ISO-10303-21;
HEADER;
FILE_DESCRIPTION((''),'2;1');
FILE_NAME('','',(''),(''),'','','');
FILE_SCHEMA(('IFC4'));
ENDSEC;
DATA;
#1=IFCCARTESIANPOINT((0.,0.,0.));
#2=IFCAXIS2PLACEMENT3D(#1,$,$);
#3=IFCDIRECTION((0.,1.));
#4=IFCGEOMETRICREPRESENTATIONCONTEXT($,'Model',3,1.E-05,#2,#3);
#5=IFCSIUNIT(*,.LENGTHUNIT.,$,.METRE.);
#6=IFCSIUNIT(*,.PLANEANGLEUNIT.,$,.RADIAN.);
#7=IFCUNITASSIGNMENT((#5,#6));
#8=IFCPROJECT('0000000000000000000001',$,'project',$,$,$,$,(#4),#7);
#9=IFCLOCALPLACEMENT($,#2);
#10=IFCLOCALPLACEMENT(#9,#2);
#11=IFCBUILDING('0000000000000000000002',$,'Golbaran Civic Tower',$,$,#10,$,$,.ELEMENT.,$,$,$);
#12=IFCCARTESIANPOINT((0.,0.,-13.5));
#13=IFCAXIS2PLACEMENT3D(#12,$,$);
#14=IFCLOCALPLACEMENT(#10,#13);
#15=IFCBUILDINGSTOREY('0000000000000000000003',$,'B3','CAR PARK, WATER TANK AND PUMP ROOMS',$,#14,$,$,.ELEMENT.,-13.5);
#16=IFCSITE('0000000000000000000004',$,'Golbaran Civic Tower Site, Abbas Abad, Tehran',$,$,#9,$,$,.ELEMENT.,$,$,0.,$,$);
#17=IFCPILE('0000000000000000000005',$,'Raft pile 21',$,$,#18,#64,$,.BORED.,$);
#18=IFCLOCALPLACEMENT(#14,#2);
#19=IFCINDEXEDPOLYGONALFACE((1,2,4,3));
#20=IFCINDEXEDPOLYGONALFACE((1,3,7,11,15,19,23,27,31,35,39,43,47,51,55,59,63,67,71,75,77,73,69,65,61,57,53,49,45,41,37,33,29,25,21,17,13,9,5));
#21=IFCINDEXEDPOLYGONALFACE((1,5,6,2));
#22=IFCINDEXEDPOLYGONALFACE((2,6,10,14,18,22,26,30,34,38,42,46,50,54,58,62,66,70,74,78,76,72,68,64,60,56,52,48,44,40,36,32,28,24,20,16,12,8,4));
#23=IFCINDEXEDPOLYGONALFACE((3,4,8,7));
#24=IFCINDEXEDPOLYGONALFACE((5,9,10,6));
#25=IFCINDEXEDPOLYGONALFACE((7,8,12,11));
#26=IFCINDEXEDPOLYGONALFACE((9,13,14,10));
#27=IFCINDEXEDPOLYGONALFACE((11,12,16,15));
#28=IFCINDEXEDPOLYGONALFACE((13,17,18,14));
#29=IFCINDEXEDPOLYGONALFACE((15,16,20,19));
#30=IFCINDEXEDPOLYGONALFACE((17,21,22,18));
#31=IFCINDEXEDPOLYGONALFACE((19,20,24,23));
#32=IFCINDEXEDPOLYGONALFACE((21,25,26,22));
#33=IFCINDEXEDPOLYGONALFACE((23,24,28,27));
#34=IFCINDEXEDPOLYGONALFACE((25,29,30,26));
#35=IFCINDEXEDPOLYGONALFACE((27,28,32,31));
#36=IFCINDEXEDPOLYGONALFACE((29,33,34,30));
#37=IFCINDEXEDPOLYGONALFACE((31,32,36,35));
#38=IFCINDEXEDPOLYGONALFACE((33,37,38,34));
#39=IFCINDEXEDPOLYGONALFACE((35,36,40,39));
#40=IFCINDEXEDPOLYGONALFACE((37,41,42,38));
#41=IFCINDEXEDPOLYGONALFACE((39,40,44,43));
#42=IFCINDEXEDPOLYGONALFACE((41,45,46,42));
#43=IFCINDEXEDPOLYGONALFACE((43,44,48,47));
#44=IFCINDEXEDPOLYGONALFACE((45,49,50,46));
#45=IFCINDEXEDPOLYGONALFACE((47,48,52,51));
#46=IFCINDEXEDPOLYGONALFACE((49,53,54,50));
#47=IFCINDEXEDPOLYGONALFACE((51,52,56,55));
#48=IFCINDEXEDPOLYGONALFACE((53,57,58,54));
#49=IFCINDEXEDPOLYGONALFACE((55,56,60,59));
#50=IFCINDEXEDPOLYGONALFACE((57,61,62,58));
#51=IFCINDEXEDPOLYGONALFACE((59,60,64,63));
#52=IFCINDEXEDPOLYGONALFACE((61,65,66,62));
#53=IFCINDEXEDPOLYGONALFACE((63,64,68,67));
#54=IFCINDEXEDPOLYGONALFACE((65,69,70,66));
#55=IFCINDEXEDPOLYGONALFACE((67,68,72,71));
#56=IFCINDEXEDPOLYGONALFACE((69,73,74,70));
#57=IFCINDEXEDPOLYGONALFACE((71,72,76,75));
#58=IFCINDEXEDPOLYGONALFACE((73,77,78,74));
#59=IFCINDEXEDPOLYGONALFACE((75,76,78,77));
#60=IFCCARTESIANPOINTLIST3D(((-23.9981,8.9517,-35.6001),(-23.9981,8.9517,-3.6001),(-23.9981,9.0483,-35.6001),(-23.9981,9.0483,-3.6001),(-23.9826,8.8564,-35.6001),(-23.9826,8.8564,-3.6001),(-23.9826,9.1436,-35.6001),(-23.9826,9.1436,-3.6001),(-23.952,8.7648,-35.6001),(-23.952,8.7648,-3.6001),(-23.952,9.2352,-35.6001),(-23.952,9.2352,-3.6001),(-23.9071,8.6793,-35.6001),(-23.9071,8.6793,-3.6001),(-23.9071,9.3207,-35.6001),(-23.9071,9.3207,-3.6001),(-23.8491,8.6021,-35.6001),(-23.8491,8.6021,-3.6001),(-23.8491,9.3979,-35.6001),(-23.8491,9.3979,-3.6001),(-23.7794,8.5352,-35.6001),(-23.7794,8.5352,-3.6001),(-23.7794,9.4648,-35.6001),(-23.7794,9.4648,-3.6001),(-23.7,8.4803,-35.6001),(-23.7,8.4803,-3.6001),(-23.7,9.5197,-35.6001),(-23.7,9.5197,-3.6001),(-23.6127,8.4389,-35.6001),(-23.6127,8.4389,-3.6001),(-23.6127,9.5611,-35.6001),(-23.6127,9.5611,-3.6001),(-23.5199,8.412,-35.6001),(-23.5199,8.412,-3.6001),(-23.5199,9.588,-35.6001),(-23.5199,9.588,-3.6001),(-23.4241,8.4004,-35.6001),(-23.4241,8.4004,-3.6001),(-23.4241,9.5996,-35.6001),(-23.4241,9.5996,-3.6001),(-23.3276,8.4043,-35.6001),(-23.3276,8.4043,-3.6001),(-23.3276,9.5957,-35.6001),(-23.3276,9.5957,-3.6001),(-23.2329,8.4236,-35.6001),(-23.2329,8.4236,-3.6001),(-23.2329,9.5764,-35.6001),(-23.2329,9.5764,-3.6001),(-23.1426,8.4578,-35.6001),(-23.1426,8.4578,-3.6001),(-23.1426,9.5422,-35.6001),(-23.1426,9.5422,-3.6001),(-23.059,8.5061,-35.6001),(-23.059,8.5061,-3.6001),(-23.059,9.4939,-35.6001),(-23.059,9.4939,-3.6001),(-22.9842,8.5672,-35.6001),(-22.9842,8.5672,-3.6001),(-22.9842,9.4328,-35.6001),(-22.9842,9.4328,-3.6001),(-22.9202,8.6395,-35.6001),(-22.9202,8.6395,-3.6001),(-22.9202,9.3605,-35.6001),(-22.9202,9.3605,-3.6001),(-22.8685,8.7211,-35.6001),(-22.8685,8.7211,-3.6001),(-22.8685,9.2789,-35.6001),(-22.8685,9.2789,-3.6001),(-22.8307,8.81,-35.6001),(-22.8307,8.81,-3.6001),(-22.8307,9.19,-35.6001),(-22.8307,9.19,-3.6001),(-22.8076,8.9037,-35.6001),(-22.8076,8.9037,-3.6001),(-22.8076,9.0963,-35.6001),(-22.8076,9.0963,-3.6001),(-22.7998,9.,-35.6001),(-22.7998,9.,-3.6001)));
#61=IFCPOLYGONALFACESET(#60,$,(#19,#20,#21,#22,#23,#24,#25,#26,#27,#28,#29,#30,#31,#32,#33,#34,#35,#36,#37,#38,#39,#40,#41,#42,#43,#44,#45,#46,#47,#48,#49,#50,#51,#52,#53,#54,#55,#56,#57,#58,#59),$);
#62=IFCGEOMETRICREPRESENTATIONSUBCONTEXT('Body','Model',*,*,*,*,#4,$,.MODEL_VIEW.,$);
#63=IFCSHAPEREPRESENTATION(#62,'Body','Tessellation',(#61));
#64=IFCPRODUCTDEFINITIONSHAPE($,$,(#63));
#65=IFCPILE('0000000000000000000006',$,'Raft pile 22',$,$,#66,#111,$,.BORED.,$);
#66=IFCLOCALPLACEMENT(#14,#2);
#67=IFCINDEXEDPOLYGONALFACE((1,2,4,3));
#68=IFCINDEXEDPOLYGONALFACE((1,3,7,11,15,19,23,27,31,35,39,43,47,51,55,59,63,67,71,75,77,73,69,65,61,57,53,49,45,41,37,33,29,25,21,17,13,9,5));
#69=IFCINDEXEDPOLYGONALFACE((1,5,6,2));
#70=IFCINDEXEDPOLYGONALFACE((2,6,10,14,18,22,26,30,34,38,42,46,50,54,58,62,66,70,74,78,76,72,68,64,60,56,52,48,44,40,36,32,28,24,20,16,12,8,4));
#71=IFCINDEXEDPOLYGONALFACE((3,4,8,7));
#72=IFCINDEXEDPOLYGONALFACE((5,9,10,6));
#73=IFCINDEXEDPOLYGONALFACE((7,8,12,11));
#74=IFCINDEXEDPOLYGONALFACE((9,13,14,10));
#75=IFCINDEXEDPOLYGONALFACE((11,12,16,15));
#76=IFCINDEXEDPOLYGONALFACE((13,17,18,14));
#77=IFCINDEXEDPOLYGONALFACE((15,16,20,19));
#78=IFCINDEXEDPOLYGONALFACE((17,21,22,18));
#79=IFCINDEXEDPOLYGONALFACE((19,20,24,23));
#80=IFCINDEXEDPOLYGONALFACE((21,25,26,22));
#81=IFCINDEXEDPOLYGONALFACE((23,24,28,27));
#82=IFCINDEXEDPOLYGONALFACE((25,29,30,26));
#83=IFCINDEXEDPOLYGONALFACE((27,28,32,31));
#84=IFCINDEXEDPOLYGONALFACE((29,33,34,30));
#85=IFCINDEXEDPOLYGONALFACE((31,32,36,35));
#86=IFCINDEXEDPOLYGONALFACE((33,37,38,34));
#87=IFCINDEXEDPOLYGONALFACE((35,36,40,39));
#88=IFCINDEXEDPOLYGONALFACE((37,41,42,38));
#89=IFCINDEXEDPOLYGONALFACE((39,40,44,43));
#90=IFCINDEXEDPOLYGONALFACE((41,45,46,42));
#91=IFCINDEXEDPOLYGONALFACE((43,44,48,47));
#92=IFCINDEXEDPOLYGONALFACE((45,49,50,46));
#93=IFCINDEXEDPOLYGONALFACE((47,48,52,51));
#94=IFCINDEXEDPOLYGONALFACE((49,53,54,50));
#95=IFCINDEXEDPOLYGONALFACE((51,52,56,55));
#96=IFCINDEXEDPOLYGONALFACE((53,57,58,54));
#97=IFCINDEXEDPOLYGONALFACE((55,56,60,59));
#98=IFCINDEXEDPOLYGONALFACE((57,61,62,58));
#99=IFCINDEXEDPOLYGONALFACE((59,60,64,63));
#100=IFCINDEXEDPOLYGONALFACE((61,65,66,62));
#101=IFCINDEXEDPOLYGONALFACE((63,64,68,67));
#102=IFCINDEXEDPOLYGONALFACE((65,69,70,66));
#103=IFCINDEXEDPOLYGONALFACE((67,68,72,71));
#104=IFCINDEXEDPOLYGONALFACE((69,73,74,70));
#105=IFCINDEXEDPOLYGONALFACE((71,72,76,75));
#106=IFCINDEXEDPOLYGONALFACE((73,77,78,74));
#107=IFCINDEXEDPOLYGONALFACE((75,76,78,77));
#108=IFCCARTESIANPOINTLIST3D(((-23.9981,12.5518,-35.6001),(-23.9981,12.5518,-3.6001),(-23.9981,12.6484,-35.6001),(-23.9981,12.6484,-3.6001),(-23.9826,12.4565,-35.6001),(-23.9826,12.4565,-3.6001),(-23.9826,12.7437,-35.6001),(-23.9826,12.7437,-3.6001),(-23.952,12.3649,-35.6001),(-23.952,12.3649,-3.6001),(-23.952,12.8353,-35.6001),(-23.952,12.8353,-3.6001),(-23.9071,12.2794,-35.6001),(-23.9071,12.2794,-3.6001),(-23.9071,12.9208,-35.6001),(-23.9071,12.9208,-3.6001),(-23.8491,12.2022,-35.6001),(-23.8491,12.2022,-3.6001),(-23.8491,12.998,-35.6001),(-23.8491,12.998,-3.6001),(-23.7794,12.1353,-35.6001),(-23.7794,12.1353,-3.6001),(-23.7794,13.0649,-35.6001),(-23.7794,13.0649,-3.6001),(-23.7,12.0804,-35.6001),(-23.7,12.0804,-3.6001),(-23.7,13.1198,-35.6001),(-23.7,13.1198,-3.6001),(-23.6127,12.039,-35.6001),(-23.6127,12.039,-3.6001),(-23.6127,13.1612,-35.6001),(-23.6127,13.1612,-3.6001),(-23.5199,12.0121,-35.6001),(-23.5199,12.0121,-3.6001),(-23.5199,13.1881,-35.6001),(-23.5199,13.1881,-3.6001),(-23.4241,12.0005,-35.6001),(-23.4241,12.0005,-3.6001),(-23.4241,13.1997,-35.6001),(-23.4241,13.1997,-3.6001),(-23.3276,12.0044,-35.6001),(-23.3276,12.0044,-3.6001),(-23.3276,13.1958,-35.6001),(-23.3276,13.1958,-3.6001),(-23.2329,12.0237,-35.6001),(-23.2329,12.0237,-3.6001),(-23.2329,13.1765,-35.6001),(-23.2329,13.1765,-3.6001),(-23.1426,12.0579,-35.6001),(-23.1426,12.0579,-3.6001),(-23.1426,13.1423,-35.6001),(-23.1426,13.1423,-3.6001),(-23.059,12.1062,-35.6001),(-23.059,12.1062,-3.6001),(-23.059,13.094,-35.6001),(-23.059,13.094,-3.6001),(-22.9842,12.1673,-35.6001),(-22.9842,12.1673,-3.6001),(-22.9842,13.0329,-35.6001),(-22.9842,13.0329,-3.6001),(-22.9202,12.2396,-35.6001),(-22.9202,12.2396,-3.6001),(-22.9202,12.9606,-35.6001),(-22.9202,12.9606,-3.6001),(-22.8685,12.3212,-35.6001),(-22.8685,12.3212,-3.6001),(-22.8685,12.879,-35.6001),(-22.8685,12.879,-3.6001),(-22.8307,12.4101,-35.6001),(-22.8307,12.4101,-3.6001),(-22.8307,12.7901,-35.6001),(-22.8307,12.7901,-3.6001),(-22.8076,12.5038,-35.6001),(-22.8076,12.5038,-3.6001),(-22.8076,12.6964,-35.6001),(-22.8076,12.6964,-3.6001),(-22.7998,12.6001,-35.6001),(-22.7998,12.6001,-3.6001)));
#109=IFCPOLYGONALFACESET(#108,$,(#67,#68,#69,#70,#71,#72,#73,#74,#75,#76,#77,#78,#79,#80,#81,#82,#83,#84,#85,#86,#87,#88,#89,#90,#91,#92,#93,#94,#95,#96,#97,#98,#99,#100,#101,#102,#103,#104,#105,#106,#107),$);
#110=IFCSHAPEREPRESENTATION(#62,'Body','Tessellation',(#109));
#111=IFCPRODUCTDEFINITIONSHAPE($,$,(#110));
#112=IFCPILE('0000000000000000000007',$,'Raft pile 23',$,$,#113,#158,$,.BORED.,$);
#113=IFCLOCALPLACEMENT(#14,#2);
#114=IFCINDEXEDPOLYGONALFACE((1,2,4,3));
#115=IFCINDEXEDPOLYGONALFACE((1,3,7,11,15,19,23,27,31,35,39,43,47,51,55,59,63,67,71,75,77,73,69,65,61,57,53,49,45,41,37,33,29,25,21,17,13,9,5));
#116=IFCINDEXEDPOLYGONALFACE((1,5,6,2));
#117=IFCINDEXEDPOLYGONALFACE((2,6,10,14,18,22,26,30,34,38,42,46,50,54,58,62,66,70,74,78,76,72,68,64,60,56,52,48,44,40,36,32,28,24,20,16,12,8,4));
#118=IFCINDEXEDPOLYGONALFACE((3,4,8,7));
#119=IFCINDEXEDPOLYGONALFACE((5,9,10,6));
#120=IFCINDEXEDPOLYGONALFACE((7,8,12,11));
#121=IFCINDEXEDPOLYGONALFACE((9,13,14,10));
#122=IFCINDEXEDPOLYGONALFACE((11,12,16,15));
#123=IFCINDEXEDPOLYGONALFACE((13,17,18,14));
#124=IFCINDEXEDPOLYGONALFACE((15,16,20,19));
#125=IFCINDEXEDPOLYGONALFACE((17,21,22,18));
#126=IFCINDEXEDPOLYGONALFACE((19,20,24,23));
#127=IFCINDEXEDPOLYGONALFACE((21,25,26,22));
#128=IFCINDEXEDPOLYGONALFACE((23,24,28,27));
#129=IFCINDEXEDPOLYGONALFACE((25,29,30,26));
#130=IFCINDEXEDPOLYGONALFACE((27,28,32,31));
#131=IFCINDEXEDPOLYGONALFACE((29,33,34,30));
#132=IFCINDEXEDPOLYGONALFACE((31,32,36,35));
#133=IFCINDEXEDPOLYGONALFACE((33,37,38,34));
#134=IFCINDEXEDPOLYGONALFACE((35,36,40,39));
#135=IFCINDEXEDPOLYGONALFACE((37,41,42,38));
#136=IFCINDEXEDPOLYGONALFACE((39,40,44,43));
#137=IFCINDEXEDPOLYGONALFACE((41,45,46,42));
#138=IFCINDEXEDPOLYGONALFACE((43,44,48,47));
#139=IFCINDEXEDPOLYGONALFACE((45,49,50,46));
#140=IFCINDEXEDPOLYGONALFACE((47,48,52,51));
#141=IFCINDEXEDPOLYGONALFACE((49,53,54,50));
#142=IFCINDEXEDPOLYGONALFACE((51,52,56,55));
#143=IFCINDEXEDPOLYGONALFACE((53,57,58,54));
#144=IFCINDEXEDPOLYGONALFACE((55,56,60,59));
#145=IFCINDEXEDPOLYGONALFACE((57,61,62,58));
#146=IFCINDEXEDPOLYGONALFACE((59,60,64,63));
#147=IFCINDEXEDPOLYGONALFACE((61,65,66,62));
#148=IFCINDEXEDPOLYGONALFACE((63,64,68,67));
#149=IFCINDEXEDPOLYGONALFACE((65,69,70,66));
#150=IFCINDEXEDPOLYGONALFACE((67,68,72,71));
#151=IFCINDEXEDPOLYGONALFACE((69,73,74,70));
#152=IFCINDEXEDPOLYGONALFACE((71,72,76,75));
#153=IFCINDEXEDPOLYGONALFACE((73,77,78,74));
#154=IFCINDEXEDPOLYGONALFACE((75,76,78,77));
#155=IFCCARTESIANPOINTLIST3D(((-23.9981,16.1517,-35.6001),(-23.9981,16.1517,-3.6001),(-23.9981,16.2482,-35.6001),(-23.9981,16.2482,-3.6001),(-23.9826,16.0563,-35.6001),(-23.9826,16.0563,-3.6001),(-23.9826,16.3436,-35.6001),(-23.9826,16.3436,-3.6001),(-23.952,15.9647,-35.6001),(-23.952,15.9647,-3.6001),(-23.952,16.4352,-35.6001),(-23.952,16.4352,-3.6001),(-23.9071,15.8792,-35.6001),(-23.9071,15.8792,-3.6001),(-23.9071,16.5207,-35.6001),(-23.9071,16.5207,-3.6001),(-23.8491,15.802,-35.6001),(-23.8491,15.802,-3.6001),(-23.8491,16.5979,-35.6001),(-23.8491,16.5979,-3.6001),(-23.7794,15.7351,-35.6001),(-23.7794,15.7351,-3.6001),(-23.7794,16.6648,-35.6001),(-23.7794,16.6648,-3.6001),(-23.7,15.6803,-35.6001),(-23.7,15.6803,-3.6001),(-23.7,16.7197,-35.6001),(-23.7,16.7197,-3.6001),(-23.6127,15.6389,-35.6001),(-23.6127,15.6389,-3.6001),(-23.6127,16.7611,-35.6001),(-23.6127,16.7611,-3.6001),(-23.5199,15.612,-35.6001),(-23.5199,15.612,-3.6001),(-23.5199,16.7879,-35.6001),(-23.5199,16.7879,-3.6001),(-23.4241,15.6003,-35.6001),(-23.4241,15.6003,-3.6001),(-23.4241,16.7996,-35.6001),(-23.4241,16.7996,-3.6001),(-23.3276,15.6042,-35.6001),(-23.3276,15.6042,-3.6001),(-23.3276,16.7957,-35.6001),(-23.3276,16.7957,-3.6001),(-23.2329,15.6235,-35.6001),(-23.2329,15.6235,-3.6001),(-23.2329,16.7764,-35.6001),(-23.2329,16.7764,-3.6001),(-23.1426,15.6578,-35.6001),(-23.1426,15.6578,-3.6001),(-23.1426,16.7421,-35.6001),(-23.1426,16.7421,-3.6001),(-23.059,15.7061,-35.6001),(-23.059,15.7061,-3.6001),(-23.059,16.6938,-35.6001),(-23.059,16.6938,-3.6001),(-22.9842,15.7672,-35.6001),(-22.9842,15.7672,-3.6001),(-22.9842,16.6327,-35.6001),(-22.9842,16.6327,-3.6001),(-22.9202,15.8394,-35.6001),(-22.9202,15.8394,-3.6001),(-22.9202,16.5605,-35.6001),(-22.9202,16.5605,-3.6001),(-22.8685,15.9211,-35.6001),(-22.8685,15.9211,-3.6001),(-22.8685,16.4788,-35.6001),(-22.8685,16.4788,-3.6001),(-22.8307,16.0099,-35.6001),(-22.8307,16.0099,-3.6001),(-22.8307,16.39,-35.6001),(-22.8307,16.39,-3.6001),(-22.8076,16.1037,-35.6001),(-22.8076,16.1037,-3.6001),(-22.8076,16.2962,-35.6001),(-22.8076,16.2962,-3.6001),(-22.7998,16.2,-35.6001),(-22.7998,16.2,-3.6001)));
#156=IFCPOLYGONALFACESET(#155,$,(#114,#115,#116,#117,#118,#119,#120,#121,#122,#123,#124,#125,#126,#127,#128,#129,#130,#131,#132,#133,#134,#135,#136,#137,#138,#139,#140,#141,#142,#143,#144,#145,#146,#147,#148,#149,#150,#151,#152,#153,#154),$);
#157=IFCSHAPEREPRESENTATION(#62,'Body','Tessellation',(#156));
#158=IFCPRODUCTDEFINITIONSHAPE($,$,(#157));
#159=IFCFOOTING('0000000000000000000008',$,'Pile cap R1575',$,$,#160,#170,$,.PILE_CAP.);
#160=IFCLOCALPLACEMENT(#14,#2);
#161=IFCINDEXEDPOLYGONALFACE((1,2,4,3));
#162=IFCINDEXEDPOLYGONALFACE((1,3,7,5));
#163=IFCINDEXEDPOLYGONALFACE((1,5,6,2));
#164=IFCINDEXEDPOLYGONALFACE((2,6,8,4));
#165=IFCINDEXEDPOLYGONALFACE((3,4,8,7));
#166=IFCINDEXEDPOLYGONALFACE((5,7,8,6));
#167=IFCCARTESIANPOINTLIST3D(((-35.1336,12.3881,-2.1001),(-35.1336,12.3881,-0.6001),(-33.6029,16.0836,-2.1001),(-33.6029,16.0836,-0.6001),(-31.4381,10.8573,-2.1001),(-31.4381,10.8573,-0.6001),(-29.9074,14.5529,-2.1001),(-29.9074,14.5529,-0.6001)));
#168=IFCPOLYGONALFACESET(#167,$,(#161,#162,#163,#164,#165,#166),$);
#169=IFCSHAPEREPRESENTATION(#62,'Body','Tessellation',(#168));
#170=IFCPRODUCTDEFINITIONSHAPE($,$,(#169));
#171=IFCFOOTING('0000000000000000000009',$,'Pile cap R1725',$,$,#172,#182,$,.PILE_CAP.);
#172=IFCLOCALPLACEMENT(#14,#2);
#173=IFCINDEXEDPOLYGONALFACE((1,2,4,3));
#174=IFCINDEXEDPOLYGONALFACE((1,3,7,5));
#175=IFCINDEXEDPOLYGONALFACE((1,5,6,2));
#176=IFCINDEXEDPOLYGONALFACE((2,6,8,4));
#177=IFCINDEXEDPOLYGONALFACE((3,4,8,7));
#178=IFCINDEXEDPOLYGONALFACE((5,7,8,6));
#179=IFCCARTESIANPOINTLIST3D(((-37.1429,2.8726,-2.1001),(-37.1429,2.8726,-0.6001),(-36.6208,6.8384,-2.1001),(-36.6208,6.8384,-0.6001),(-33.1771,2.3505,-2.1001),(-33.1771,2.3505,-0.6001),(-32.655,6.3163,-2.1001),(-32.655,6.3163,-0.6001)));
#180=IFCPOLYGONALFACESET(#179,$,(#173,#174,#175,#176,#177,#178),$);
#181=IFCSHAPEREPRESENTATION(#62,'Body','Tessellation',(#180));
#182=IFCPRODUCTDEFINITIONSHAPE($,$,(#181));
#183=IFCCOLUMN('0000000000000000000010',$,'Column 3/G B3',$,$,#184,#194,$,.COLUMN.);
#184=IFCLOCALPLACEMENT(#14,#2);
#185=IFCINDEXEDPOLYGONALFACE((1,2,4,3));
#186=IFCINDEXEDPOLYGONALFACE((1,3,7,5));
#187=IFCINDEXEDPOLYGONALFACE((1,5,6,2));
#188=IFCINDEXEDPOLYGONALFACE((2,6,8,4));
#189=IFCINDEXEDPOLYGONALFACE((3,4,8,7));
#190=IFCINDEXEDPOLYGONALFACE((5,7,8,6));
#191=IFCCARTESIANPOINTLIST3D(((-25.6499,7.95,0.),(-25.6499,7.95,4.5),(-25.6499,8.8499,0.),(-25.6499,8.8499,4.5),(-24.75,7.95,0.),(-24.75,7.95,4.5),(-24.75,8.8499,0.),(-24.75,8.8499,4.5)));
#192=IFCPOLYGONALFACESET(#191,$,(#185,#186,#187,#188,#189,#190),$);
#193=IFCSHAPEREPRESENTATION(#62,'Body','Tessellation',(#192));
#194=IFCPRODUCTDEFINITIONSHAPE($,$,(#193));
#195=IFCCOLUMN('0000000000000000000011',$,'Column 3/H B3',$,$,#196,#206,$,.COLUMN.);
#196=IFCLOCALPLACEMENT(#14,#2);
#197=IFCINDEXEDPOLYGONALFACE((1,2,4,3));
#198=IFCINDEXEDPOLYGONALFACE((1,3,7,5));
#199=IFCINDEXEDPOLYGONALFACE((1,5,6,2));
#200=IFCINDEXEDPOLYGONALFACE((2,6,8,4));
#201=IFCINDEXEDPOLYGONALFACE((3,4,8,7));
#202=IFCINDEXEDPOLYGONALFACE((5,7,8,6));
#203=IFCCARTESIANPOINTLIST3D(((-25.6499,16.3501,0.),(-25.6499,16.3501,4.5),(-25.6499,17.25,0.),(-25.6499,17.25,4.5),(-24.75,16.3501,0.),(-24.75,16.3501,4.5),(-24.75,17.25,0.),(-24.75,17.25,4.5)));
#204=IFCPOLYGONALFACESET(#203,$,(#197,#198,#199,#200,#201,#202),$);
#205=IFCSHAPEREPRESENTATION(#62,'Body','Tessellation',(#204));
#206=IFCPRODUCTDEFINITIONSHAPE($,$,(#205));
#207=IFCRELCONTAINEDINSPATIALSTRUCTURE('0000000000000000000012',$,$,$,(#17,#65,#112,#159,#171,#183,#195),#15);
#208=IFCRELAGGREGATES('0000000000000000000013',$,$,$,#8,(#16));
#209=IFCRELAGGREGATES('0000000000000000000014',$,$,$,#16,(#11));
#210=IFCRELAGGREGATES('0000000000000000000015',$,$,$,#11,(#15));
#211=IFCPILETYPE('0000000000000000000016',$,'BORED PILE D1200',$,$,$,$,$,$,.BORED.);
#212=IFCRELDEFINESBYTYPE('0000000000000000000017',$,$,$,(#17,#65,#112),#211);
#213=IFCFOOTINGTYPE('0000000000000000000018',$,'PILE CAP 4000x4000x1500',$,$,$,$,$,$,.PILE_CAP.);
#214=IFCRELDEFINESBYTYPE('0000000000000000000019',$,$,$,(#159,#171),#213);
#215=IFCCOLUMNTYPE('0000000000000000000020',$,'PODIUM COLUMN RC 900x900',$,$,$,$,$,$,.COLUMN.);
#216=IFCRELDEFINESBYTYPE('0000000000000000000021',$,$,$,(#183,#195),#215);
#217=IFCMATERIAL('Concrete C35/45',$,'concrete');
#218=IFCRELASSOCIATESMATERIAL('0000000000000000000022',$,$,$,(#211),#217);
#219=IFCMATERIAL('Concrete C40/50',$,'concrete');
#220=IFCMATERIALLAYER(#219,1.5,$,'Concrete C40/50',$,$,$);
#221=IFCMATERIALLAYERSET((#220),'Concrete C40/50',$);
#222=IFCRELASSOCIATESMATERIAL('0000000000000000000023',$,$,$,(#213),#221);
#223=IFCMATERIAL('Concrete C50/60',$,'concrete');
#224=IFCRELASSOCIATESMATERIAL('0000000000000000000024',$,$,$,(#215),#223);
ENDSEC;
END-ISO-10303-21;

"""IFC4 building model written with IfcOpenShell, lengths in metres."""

from ifc_helpers import new_model, si_unit, direction, frame, origin, origin_2d, place, context, subcontext, project, spatial, rectangle, circle, extrude, material, layer, layer_set, material_profile, profile_set, type_object, element, save


model = new_model("IFC4")

# Units and contexts
model_context = context("Model", 3, precision=1e-05, world=origin(), true_north=direction((0.0, 1.0)))
body_context = subcontext(model_context, "Body", "Model", "MODEL_VIEW")
ifc_project = project(units=[si_unit("LENGTHUNIT", "METRE"), si_unit("PLANEANGLEUNIT", "RADIAN")], contexts=[model_context])

# Site, building, storey
site_placement = place(None, origin())
site = spatial("IfcSite", under=ifc_project, at=site_placement, Name="Golbaran Civic Tower Site, Abbas Abad, Tehran", CompositionType="ELEMENT", RefElevation=0.0)
building_placement = place(site_placement, origin())
building = spatial("IfcBuilding", under=site, at=building_placement, Name="Golbaran Civic Tower", CompositionType="ELEMENT")
storey_placement = place(building_placement, frame((0.0, 0.0, -13.5)))
storey = spatial("IfcBuildingStorey", under=building, at=storey_placement, Name="B3", Description="CAR PARK, WATER TANK AND PUMP ROOMS", CompositionType="ELEMENT", Elevation=-13.5)

# Piles
ifc_material_1 = material(Name="Concrete C35/45", Category="concrete")
ifc_material_profile_1 = material_profile(ifc_material_1, circle(Radius=0.6001, at=origin_2d()), Name="BORED PILE D1200")
ifc_profile_set_1 = profile_set([ifc_material_profile_1], Name="Concrete C35/45")
pile_type_1 = type_object("IfcPileType", Name="BORED PILE D1200", PredefinedType="BORED", material=ifc_profile_set_1)
for number, where, z_axis, x_axis, name in (
    (1, (-23.3999, 9.0, -3.6001), (0.0, 0.0, -1.0), (1.0, 0.0, 0.0), "Raft pile 21"),
    (2, (-23.3999, 12.6001, -3.6001), (0.0, 0.0, -1.0), (1.0, 0.0, 0.0), "Raft pile 22"),
    (3, (-23.3999, 16.2, -3.6001), (0.0, 0.0, -1.0), (1.0, 0.0, 0.0), "Raft pile 23"),
):
    element("IfcPile", number, at=place(storey_placement, frame(where, z_axis=z_axis, x_axis=x_axis)), inside=storey, type_object=pile_type_1, Name=name, PredefinedType="BORED", context=body_context, shape_type="SweptSolid", body=[
        extrude(circle(Radius=0.6001, at=origin_2d()), origin(), (0.0, 0.0, 1.0), 32.0),
    ])

# Footings
ifc_material_2 = material(Name="Concrete C40/50", Category="concrete")
ifc_layer_1 = layer(ifc_material_2, 1.5, Name="Concrete C40/50")
ifc_layer_set_1 = layer_set([ifc_layer_1], Name="Concrete C40/50")
footing_type = type_object("IfcFootingType", Name="PILE CAP 4000x4000x1500", PredefinedType="PILE_CAP", material=ifc_layer_set_1)
for number, where, z_axis, x_axis, name in (
    (4, (-32.5205, 13.4705, -2.1001), (0.0, 0.0, 1.0), (-0.92388, 0.382683, 0.0), "Pile cap R1575"),
    (5, (-34.8989, 4.5945, -2.1001), (0.0, 0.0, 1.0), (-0.991445, 0.130526, 0.0), "Pile cap R1725"),
):
    element("IfcFooting", number, at=place(storey_placement, frame(where, z_axis=z_axis, x_axis=x_axis)), inside=storey, type_object=footing_type, Name=name, PredefinedType="PILE_CAP", context=body_context, shape_type="SweptSolid", body=[
        extrude(rectangle(XDim=4.0, YDim=4.0, at=origin_2d()), origin(), (0.0, 0.0, 1.0), 1.5),
    ])

# Columns
ifc_material_3 = material(Name="Concrete C50/60", Category="concrete")
ifc_material_profile_2 = material_profile(ifc_material_3, rectangle(XDim=0.8999, YDim=0.8999, at=origin_2d()), Name="RC 900x900")
ifc_profile_set_2 = profile_set([ifc_material_profile_2], Name="Concrete C50/60")
column_type_1 = type_object("IfcColumnType", Name="PODIUM COLUMN RC 900x900", PredefinedType="COLUMN", material=ifc_profile_set_2)
for number, where, z_axis, x_axis, name in (
    (6, (-25.2, 8.3999, 0.0), (0.0, 0.0, 1.0), (1.0, 0.0, 0.0), "Column 3/G B3"),
    (7, (-25.2, 16.8, 0.0), (0.0, 0.0, 1.0), (1.0, 0.0, 0.0), "Column 3/H B3"),
):
    element("IfcColumn", number, at=place(storey_placement, frame(where, z_axis=z_axis, x_axis=x_axis)), inside=storey, type_object=column_type_1, Name=name, PredefinedType="COLUMN", context=body_context, shape_type="SweptSolid", body=[
        extrude(rectangle(XDim=0.8999, YDim=0.8999, at=origin_2d()), origin(), (0.0, 0.0, 1.0), 4.5),
    ])

save(model, "model.ifc")
